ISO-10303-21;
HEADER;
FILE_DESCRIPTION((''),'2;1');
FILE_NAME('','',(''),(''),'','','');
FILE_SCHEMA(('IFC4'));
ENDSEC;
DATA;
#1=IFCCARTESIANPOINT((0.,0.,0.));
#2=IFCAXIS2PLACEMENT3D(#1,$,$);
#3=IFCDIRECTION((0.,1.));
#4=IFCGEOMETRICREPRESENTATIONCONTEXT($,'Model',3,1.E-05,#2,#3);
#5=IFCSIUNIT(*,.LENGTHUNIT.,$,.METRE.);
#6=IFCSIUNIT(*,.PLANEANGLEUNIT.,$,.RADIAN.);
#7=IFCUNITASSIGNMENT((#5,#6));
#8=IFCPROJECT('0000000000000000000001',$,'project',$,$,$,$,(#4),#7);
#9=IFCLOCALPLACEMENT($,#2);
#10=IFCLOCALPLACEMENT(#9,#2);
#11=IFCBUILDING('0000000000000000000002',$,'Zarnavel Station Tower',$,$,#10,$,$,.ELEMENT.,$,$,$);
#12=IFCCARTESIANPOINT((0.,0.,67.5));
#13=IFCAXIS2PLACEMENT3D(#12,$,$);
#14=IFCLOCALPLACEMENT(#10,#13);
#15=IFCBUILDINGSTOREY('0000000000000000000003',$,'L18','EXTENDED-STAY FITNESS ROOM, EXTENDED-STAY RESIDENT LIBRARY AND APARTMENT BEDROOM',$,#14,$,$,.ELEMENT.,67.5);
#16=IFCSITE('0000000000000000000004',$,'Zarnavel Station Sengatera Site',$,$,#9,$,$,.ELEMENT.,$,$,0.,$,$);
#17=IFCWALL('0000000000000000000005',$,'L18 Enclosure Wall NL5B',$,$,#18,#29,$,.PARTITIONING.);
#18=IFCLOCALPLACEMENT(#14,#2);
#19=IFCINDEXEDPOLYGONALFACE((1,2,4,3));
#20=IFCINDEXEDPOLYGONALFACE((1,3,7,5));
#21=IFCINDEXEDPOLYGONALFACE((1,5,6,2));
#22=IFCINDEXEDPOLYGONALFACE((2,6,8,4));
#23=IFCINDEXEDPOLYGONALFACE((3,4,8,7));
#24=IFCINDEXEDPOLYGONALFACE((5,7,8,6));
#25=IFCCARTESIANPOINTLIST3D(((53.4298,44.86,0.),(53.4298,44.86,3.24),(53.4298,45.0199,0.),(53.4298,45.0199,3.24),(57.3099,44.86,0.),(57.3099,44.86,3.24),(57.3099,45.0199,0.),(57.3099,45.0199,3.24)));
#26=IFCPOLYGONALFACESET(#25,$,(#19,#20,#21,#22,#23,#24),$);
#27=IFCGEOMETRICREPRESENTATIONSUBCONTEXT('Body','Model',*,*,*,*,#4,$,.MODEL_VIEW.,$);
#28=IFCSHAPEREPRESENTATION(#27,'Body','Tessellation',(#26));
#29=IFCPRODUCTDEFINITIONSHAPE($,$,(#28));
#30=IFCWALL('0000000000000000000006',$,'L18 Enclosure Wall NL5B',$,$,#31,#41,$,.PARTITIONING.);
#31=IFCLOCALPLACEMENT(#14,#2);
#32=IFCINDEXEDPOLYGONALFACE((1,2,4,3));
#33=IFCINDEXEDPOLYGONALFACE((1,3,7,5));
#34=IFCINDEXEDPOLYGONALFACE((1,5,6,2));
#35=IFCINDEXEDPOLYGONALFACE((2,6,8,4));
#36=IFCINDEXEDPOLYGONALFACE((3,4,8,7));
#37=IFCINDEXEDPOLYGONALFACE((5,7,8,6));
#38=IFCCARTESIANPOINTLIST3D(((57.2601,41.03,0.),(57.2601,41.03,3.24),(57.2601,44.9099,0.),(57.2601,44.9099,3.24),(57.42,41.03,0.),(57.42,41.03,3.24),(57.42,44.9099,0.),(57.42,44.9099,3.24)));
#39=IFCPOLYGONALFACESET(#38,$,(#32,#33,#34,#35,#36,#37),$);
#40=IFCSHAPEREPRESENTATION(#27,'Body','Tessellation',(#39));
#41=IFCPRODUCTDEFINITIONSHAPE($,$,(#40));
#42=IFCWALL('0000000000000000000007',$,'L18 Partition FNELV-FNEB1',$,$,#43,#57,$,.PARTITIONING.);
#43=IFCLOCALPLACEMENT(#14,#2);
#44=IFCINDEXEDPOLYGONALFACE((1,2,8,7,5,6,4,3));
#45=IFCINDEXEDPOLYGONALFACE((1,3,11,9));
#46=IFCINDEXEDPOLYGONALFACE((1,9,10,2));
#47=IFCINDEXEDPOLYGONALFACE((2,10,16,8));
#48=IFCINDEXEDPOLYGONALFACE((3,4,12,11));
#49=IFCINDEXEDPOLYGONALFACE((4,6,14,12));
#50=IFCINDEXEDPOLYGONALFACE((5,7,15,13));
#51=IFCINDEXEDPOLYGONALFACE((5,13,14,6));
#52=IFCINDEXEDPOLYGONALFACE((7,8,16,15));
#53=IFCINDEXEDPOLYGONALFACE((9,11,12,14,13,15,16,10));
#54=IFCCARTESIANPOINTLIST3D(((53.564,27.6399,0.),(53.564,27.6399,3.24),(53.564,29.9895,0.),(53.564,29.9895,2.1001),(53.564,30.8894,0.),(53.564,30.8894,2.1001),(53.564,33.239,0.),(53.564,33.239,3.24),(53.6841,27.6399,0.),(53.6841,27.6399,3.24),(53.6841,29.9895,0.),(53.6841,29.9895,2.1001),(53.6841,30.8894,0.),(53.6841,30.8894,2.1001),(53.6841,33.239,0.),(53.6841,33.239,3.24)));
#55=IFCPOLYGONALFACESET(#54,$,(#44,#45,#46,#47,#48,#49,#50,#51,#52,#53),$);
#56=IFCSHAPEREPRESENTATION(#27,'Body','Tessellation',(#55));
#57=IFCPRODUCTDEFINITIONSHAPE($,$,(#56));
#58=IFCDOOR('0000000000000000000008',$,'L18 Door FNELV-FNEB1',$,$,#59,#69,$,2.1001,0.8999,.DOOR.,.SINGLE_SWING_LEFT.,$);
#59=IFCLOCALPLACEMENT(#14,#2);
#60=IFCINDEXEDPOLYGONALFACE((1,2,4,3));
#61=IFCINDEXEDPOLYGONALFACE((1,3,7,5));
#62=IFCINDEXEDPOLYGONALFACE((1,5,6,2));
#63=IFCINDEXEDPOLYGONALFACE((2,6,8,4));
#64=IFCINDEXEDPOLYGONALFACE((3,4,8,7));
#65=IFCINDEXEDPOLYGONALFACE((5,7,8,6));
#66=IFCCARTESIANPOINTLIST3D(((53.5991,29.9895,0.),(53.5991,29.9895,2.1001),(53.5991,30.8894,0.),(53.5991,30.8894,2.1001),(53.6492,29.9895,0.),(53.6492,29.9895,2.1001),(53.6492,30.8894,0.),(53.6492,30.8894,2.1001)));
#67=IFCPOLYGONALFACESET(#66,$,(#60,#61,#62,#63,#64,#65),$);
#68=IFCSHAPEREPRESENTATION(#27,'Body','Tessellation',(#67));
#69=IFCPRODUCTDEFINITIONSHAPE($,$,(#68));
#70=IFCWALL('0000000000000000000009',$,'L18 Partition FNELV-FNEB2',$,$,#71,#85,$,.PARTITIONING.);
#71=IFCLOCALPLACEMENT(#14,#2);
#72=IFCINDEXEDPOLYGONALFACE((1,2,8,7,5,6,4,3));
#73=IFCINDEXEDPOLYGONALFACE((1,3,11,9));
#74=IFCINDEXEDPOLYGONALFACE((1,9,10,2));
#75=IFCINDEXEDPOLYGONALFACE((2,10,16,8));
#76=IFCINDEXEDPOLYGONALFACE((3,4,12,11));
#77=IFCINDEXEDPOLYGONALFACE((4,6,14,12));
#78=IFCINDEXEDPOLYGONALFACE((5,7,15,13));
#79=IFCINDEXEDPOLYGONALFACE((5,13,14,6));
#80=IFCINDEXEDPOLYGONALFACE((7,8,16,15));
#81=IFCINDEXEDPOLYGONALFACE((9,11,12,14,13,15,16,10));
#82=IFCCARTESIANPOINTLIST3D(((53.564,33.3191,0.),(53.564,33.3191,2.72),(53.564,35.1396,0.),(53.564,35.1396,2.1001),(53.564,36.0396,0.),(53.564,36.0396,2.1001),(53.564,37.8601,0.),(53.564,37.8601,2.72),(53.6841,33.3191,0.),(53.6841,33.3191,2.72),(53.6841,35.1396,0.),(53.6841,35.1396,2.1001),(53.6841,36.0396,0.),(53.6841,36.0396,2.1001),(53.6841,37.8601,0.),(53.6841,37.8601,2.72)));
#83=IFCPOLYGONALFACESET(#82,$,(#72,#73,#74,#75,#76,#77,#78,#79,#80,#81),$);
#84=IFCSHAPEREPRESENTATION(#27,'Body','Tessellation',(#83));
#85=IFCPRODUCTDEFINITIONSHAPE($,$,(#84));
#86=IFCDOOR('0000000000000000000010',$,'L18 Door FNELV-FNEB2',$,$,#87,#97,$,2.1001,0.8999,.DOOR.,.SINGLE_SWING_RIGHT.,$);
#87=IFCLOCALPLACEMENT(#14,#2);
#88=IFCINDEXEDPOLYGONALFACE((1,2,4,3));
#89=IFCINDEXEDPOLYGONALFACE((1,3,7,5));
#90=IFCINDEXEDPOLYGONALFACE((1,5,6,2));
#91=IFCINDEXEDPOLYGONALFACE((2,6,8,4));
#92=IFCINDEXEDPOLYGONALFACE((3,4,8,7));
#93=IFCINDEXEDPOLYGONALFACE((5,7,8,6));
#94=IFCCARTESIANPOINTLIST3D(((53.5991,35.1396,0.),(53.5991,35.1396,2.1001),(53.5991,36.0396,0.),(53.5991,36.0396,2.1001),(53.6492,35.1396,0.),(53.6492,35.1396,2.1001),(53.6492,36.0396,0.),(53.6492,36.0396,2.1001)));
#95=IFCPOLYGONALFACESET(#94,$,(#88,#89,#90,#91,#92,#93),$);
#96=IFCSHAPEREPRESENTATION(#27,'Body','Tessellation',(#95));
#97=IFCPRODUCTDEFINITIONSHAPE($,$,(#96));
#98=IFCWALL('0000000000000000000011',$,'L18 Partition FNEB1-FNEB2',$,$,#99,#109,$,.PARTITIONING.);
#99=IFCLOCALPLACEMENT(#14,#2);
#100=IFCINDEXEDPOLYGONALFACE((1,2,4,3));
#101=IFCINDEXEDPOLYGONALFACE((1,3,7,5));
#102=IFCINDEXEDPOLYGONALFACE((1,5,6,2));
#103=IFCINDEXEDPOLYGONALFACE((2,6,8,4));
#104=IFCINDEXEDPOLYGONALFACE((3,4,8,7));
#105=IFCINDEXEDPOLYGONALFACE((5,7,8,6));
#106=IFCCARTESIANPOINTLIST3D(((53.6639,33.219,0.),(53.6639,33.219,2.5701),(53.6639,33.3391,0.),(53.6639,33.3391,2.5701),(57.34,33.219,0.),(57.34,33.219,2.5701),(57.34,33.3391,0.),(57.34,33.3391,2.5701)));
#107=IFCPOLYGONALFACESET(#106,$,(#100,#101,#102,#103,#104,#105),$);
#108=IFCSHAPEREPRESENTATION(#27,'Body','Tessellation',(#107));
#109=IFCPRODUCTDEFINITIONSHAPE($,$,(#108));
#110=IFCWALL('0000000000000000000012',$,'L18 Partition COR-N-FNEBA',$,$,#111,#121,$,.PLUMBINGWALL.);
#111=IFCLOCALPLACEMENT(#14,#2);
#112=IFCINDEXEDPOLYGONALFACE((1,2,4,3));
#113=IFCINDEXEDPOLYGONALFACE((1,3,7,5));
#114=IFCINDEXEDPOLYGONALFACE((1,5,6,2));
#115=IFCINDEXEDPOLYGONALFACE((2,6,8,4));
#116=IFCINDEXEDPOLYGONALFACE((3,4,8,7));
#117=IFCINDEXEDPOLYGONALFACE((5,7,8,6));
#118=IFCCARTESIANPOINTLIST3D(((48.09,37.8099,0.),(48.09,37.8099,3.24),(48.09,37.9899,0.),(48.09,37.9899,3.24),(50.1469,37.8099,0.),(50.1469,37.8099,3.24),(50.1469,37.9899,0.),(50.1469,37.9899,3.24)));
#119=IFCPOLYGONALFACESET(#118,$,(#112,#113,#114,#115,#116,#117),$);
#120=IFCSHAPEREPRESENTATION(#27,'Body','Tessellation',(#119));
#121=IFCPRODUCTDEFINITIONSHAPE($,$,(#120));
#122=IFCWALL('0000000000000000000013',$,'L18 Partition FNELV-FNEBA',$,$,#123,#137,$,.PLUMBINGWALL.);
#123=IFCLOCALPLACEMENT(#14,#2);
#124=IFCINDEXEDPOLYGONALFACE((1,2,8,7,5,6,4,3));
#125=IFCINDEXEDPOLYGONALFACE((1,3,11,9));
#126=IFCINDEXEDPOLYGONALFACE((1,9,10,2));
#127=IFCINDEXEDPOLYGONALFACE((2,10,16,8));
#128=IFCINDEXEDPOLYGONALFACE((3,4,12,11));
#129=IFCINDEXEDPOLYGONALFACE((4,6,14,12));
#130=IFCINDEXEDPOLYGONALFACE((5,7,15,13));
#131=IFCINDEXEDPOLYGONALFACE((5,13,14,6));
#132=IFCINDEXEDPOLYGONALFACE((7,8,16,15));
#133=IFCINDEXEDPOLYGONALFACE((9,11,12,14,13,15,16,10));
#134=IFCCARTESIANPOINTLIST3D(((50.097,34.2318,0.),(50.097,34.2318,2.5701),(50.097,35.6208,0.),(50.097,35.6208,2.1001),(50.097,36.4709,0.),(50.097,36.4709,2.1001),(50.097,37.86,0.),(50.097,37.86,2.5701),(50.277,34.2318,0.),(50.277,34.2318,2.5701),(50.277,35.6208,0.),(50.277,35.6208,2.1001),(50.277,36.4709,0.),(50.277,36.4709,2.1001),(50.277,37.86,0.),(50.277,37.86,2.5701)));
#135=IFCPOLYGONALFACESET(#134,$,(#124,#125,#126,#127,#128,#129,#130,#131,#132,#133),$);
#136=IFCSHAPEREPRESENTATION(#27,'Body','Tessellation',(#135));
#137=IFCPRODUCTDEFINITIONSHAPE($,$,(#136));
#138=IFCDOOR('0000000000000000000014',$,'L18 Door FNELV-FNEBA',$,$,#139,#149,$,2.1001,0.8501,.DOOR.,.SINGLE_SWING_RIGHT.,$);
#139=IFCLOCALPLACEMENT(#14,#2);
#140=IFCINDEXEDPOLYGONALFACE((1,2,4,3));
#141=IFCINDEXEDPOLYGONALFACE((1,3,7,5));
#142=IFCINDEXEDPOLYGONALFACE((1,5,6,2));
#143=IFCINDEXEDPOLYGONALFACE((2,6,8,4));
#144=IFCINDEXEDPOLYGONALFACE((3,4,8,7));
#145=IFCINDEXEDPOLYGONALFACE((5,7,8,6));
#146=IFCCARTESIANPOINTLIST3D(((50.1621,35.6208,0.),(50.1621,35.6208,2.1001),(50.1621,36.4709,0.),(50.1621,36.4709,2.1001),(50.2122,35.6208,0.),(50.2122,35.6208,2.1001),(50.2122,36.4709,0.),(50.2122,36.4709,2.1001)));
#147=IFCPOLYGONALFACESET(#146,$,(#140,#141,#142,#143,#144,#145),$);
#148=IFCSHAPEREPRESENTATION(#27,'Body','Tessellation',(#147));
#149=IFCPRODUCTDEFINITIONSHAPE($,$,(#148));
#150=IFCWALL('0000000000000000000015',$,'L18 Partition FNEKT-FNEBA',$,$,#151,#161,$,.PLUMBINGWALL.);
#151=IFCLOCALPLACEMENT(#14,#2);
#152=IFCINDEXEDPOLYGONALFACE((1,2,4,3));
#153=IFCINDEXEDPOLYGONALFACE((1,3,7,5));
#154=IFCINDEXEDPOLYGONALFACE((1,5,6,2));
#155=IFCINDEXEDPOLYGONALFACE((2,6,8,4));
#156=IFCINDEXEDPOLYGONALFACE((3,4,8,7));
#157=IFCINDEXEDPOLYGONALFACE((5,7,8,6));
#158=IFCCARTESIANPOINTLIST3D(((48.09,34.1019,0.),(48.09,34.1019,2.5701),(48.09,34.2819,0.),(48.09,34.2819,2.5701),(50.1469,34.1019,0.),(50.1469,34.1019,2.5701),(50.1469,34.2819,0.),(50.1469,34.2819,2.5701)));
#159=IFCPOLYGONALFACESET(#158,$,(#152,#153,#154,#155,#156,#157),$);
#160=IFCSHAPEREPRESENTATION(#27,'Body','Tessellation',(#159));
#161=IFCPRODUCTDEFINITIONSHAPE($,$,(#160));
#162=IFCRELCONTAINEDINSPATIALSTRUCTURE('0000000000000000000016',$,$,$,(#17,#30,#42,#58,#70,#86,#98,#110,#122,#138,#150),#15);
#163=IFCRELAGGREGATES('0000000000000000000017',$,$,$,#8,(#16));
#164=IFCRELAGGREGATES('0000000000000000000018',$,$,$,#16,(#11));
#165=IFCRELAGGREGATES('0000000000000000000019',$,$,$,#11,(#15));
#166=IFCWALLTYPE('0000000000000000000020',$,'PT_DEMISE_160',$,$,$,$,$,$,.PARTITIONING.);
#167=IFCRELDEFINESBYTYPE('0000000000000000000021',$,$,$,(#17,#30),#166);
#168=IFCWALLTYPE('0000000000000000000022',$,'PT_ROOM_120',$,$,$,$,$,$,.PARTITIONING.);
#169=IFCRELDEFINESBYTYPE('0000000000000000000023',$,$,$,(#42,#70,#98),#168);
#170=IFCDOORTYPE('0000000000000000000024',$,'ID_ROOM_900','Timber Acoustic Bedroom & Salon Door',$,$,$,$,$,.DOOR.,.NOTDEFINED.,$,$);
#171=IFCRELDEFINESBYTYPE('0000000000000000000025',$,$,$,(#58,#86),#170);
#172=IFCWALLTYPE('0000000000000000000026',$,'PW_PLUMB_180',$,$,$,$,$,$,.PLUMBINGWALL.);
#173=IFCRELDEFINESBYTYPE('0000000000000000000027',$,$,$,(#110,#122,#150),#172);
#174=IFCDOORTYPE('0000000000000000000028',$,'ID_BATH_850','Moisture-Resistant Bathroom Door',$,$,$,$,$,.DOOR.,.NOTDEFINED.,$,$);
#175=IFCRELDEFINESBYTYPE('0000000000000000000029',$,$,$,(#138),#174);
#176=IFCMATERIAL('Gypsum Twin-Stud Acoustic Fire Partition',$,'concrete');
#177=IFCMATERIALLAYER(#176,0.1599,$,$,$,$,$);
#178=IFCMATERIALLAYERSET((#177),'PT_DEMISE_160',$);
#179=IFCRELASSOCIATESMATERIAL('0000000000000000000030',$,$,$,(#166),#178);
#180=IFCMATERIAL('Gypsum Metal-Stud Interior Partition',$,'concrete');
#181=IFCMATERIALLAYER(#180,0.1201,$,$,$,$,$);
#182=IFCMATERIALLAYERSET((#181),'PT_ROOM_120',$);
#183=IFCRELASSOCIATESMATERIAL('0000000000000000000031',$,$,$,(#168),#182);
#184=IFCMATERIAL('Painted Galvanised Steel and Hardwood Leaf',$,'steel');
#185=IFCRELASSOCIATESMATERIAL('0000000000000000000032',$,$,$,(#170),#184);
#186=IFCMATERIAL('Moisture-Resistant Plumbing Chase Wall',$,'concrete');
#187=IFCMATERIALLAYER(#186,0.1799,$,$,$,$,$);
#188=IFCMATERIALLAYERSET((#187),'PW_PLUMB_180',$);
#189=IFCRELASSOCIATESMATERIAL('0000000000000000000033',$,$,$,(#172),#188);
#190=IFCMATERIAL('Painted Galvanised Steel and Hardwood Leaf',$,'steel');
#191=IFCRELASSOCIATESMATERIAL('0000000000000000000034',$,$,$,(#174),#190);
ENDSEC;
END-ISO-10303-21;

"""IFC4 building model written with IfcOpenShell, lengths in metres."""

from ifc_helpers import new_model, si_unit, direction, frame, frame_2d, origin, place, context, subcontext, project, spatial, rectangle, extrude, material, layer, layer_set, type_object, element, fill, save


model = new_model("IFC4")

# Units and contexts
model_context = context("Model", 3, precision=1e-05, world=origin(), true_north=direction((0.0, 1.0)))
body_context = subcontext(model_context, "Body", "Model", "MODEL_VIEW")
ifc_project = project(units=[si_unit("LENGTHUNIT", "METRE"), si_unit("PLANEANGLEUNIT", "RADIAN")], contexts=[model_context])

# Site, building, storey
site_placement = place(None, origin())
site = spatial("IfcSite", under=ifc_project, at=site_placement, Name="Zarnavel Station Sengatera Site", CompositionType="ELEMENT", RefElevation=0.0)
building_placement = place(site_placement, origin())
building = spatial("IfcBuilding", under=site, at=building_placement, Name="Zarnavel Station Tower", CompositionType="ELEMENT")
storey_placement = place(building_placement, frame((0.0, 0.0, 67.5)))
storey = spatial("IfcBuildingStorey", under=building, at=storey_placement, Name="L18", Description="EXTENDED-STAY FITNESS ROOM, EXTENDED-STAY RESIDENT LIBRARY AND APARTMENT BEDROOM", CompositionType="ELEMENT", Elevation=67.5)

# Shared definitions
ifc_material_1 = material(Name="Gypsum Twin-Stud Acoustic Fire Partition", Category="concrete")
ifc_layer_1 = layer(ifc_material_1, 0.1599)
ifc_layer_set_1 = layer_set([ifc_layer_1], Name="PT_DEMISE_160")
wall_type_1 = type_object("IfcWallType", Name="PT_DEMISE_160", PredefinedType="PARTITIONING", material=ifc_layer_set_1)

# Walls
wall_1_placement = place(storey_placement, frame((53.4299, 44.9399, 0.0), z_axis=(0.0, 0.0, 1.0), x_axis=(1.0, 0.0, 0.0)))
element("IfcWall", 1, at=wall_1_placement, inside=storey, type_object=wall_type_1, Name="L18 Enclosure Wall NL5B", PredefinedType="PARTITIONING", context=body_context, shape_type="SweptSolid", body=[
    extrude(rectangle(XDim=3.8801, YDim=0.1599, at=frame_2d((1.9399, 0.0))), origin(), (0.0, 0.0, 1.0), 3.24),
])
wall_2_placement = place(storey_placement, frame((57.3401, 41.03, 0.0), z_axis=(0.0, 0.0, 1.0), x_axis=(0.0, 1.0, 0.0)))
element("IfcWall", 2, at=wall_2_placement, inside=storey, type_object=wall_type_1, Name="L18 Enclosure Wall NL5B", PredefinedType="PARTITIONING", context=body_context, shape_type="SweptSolid", body=[
    extrude(rectangle(XDim=3.8799, YDim=0.1599, at=frame_2d((1.9399, 0.0))), origin(), (0.0, 0.0, 1.0), 3.24),
])

# Walls, openings, doors
ifc_material_2 = material(Name="Gypsum Metal-Stud Interior Partition", Category="concrete")
ifc_layer_2 = layer(ifc_material_2, 0.1201)
ifc_layer_set_2 = layer_set([ifc_layer_2], Name="PT_ROOM_120")
wall_type_2 = type_object("IfcWallType", Name="PT_ROOM_120", PredefinedType="PARTITIONING", material=ifc_layer_set_2)
wall_3_placement = place(storey_placement, frame((53.624, 27.6399, 0.0), z_axis=(0.0, 0.0, 1.0), x_axis=(0.0, 1.0, 0.0)))
wall_3 = element("IfcWall", 3, at=wall_3_placement, inside=storey, type_object=wall_type_2, Name="L18 Partition FNELV-FNEB1", PredefinedType="PARTITIONING", context=body_context, shape_type="SweptSolid", body=[
    extrude(rectangle(XDim=5.5991, YDim=0.1201, at=frame_2d((2.7996, 0.0))), origin(), (0.0, 0.0, 1.0), 3.24),
])
opening_1_placement = place(wall_3_placement, frame((2.3496, 0.0, 0.0)))
opening_1 = element("IfcOpeningElement", 4, at=opening_1_placement, cuts=wall_3, PredefinedType="OPENING", context=body_context, shape_type="SweptSolid", body=[
    extrude(rectangle(XDim=0.8999, YDim=2.1001, at=frame_2d((0.45, 1.05))), frame((0.0, 0.0701, 0.0), z_axis=(0.0, -1.0, 0.0), x_axis=(1.0, 0.0, 0.0)), (0.0, 0.0, 1.0), 0.1401),
])
ifc_material_3 = material(Name="Painted Galvanised Steel and Hardwood Leaf", Category="steel")
door_type_1 = type_object("IfcDoorType", Name="ID_ROOM_900", Description="Timber Acoustic Bedroom & Salon Door", OperationType="NOTDEFINED", PredefinedType="DOOR", material=ifc_material_3)
door_1_placement = place(opening_1_placement, origin())
door_1 = element("IfcDoor", 5, at=door_1_placement, inside=storey, type_object=door_type_1, Name="L18 Door FNELV-FNEB1", OperationType="SINGLE_SWING_LEFT", OverallHeight=2.1001, OverallWidth=0.8999, PredefinedType="DOOR", context=body_context, shape_type="SweptSolid", body=[
    extrude(rectangle(XDim=0.8999, YDim=2.1001, at=frame_2d((0.45, 1.05))), frame((0.0, 0.0249, 0.0), z_axis=(0.0, -1.0, 0.0), x_axis=(1.0, 0.0, 0.0)), (0.0, 0.0, 1.0), 0.05),
])
fill(opening_1, door_1)
wall_4_placement = place(storey_placement, frame((53.624, 33.3191, 0.0), z_axis=(0.0, 0.0, 1.0), x_axis=(0.0, 1.0, 0.0)))
wall_4 = element("IfcWall", 6, at=wall_4_placement, inside=storey, type_object=wall_type_2, Name="L18 Partition FNELV-FNEB2", PredefinedType="PARTITIONING", context=body_context, shape_type="SweptSolid", body=[
    extrude(rectangle(XDim=4.541, YDim=0.1201, at=frame_2d((2.2705, 0.0))), origin(), (0.0, 0.0, 1.0), 2.72),
])
opening_2_placement = place(wall_4_placement, frame((1.8206, 0.0, 0.0)))
opening_2 = element("IfcOpeningElement", 7, at=opening_2_placement, cuts=wall_4, PredefinedType="OPENING", context=body_context, shape_type="SweptSolid", body=[
    extrude(rectangle(XDim=0.8999, YDim=2.1001, at=frame_2d((0.45, 1.05))), frame((0.0, 0.0701, 0.0), z_axis=(0.0, -1.0, 0.0), x_axis=(1.0, 0.0, 0.0)), (0.0, 0.0, 1.0), 0.1401),
])
door_2_placement = place(opening_2_placement, origin())
door_2 = element("IfcDoor", 8, at=door_2_placement, inside=storey, type_object=door_type_1, Name="L18 Door FNELV-FNEB2", OperationType="SINGLE_SWING_RIGHT", OverallHeight=2.1001, OverallWidth=0.8999, PredefinedType="DOOR", context=body_context, shape_type="SweptSolid", body=[
    extrude(rectangle(XDim=0.8999, YDim=2.1001, at=frame_2d((0.45, 1.05))), frame((0.0, 0.0249, 0.0), z_axis=(0.0, -1.0, 0.0), x_axis=(1.0, 0.0, 0.0)), (0.0, 0.0, 1.0), 0.05),
])
fill(opening_2, door_2)

# Walls
wall_5_placement = place(storey_placement, frame((53.6641, 33.2791, 0.0), z_axis=(0.0, 0.0, 1.0), x_axis=(1.0, 0.0, 0.0)))
element("IfcWall", 9, at=wall_5_placement, inside=storey, type_object=wall_type_2, Name="L18 Partition FNEB1-FNEB2", PredefinedType="PARTITIONING", context=body_context, shape_type="SweptSolid", body=[
    extrude(rectangle(XDim=3.676, YDim=0.1201, at=frame_2d((1.8379, 0.0))), origin(), (0.0, 0.0, 1.0), 2.5701),
])
ifc_material_4 = material(Name="Moisture-Resistant Plumbing Chase Wall", Category="concrete")
ifc_layer_3 = layer(ifc_material_4, 0.1799)
ifc_layer_set_3 = layer_set([ifc_layer_3], Name="PW_PLUMB_180")
wall_type_3 = type_object("IfcWallType", Name="PW_PLUMB_180", PredefinedType="PLUMBINGWALL", material=ifc_layer_set_3)
wall_6_placement = place(storey_placement, frame((48.0901, 37.8999, 0.0), z_axis=(0.0, 0.0, 1.0), x_axis=(1.0, 0.0, 0.0)))
element("IfcWall", 10, at=wall_6_placement, inside=storey, type_object=wall_type_3, Name="L18 Partition COR-N-FNEBA", PredefinedType="PLUMBINGWALL", context=body_context, shape_type="SweptSolid", body=[
    extrude(rectangle(XDim=2.0569, YDim=0.1799, at=frame_2d((1.0283, 0.0))), origin(), (0.0, 0.0, 1.0), 3.24),
])

# Wall, opening, door
wall_7_placement = place(storey_placement, frame((50.187, 34.2319, 0.0), z_axis=(0.0, 0.0, 1.0), x_axis=(0.0, 1.0, 0.0)))
wall_7 = element("IfcWall", 11, at=wall_7_placement, inside=storey, type_object=wall_type_3, Name="L18 Partition FNELV-FNEBA", PredefinedType="PLUMBINGWALL", context=body_context, shape_type="SweptSolid", body=[
    extrude(rectangle(XDim=3.6282, YDim=0.1799, at=frame_2d((1.814, 0.0))), origin(), (0.0, 0.0, 1.0), 2.5701),
])
opening_3_placement = place(wall_7_placement, frame((1.3889, 0.0, 0.0)))
opening_3 = element("IfcOpeningElement", 12, at=opening_3_placement, cuts=wall_7, PredefinedType="OPENING", context=body_context, shape_type="SweptSolid", body=[
    extrude(rectangle(XDim=0.8501, YDim=2.1001, at=frame_2d((0.425, 1.05))), frame((0.0, 0.0999, 0.0), z_axis=(0.0, -1.0, 0.0), x_axis=(1.0, 0.0, 0.0)), (0.0, 0.0, 1.0), 0.2),
])
ifc_material_5 = material(Name="Painted Galvanised Steel and Hardwood Leaf", Category="steel")
door_type_2 = type_object("IfcDoorType", Name="ID_BATH_850", Description="Moisture-Resistant Bathroom Door", OperationType="NOTDEFINED", PredefinedType="DOOR", material=ifc_material_5)
door_3_placement = place(opening_3_placement, origin())
door_3 = element("IfcDoor", 13, at=door_3_placement, inside=storey, type_object=door_type_2, Name="L18 Door FNELV-FNEBA", OperationType="SINGLE_SWING_RIGHT", OverallHeight=2.1001, OverallWidth=0.8501, PredefinedType="DOOR", context=body_context, shape_type="SweptSolid", body=[
    extrude(rectangle(XDim=0.8501, YDim=2.1001, at=frame_2d((0.425, 1.05))), frame((0.0, 0.0249, 0.0), z_axis=(0.0, -1.0, 0.0), x_axis=(1.0, 0.0, 0.0)), (0.0, 0.0, 1.0), 0.05),
])
fill(opening_3, door_3)

# Wall
wall_8_placement = place(storey_placement, frame((48.0901, 34.1919, 0.0), z_axis=(0.0, 0.0, 1.0), x_axis=(1.0, 0.0, 0.0)))
element("IfcWall", 14, at=wall_8_placement, inside=storey, type_object=wall_type_3, Name="L18 Partition FNEKT-FNEBA", PredefinedType="PLUMBINGWALL", context=body_context, shape_type="SweptSolid", body=[
    extrude(rectangle(XDim=2.0569, YDim=0.1799, at=frame_2d((1.0283, 0.0))), origin(), (0.0, 0.0, 1.0), 2.5701),
])

save(model, "model.ifc")
